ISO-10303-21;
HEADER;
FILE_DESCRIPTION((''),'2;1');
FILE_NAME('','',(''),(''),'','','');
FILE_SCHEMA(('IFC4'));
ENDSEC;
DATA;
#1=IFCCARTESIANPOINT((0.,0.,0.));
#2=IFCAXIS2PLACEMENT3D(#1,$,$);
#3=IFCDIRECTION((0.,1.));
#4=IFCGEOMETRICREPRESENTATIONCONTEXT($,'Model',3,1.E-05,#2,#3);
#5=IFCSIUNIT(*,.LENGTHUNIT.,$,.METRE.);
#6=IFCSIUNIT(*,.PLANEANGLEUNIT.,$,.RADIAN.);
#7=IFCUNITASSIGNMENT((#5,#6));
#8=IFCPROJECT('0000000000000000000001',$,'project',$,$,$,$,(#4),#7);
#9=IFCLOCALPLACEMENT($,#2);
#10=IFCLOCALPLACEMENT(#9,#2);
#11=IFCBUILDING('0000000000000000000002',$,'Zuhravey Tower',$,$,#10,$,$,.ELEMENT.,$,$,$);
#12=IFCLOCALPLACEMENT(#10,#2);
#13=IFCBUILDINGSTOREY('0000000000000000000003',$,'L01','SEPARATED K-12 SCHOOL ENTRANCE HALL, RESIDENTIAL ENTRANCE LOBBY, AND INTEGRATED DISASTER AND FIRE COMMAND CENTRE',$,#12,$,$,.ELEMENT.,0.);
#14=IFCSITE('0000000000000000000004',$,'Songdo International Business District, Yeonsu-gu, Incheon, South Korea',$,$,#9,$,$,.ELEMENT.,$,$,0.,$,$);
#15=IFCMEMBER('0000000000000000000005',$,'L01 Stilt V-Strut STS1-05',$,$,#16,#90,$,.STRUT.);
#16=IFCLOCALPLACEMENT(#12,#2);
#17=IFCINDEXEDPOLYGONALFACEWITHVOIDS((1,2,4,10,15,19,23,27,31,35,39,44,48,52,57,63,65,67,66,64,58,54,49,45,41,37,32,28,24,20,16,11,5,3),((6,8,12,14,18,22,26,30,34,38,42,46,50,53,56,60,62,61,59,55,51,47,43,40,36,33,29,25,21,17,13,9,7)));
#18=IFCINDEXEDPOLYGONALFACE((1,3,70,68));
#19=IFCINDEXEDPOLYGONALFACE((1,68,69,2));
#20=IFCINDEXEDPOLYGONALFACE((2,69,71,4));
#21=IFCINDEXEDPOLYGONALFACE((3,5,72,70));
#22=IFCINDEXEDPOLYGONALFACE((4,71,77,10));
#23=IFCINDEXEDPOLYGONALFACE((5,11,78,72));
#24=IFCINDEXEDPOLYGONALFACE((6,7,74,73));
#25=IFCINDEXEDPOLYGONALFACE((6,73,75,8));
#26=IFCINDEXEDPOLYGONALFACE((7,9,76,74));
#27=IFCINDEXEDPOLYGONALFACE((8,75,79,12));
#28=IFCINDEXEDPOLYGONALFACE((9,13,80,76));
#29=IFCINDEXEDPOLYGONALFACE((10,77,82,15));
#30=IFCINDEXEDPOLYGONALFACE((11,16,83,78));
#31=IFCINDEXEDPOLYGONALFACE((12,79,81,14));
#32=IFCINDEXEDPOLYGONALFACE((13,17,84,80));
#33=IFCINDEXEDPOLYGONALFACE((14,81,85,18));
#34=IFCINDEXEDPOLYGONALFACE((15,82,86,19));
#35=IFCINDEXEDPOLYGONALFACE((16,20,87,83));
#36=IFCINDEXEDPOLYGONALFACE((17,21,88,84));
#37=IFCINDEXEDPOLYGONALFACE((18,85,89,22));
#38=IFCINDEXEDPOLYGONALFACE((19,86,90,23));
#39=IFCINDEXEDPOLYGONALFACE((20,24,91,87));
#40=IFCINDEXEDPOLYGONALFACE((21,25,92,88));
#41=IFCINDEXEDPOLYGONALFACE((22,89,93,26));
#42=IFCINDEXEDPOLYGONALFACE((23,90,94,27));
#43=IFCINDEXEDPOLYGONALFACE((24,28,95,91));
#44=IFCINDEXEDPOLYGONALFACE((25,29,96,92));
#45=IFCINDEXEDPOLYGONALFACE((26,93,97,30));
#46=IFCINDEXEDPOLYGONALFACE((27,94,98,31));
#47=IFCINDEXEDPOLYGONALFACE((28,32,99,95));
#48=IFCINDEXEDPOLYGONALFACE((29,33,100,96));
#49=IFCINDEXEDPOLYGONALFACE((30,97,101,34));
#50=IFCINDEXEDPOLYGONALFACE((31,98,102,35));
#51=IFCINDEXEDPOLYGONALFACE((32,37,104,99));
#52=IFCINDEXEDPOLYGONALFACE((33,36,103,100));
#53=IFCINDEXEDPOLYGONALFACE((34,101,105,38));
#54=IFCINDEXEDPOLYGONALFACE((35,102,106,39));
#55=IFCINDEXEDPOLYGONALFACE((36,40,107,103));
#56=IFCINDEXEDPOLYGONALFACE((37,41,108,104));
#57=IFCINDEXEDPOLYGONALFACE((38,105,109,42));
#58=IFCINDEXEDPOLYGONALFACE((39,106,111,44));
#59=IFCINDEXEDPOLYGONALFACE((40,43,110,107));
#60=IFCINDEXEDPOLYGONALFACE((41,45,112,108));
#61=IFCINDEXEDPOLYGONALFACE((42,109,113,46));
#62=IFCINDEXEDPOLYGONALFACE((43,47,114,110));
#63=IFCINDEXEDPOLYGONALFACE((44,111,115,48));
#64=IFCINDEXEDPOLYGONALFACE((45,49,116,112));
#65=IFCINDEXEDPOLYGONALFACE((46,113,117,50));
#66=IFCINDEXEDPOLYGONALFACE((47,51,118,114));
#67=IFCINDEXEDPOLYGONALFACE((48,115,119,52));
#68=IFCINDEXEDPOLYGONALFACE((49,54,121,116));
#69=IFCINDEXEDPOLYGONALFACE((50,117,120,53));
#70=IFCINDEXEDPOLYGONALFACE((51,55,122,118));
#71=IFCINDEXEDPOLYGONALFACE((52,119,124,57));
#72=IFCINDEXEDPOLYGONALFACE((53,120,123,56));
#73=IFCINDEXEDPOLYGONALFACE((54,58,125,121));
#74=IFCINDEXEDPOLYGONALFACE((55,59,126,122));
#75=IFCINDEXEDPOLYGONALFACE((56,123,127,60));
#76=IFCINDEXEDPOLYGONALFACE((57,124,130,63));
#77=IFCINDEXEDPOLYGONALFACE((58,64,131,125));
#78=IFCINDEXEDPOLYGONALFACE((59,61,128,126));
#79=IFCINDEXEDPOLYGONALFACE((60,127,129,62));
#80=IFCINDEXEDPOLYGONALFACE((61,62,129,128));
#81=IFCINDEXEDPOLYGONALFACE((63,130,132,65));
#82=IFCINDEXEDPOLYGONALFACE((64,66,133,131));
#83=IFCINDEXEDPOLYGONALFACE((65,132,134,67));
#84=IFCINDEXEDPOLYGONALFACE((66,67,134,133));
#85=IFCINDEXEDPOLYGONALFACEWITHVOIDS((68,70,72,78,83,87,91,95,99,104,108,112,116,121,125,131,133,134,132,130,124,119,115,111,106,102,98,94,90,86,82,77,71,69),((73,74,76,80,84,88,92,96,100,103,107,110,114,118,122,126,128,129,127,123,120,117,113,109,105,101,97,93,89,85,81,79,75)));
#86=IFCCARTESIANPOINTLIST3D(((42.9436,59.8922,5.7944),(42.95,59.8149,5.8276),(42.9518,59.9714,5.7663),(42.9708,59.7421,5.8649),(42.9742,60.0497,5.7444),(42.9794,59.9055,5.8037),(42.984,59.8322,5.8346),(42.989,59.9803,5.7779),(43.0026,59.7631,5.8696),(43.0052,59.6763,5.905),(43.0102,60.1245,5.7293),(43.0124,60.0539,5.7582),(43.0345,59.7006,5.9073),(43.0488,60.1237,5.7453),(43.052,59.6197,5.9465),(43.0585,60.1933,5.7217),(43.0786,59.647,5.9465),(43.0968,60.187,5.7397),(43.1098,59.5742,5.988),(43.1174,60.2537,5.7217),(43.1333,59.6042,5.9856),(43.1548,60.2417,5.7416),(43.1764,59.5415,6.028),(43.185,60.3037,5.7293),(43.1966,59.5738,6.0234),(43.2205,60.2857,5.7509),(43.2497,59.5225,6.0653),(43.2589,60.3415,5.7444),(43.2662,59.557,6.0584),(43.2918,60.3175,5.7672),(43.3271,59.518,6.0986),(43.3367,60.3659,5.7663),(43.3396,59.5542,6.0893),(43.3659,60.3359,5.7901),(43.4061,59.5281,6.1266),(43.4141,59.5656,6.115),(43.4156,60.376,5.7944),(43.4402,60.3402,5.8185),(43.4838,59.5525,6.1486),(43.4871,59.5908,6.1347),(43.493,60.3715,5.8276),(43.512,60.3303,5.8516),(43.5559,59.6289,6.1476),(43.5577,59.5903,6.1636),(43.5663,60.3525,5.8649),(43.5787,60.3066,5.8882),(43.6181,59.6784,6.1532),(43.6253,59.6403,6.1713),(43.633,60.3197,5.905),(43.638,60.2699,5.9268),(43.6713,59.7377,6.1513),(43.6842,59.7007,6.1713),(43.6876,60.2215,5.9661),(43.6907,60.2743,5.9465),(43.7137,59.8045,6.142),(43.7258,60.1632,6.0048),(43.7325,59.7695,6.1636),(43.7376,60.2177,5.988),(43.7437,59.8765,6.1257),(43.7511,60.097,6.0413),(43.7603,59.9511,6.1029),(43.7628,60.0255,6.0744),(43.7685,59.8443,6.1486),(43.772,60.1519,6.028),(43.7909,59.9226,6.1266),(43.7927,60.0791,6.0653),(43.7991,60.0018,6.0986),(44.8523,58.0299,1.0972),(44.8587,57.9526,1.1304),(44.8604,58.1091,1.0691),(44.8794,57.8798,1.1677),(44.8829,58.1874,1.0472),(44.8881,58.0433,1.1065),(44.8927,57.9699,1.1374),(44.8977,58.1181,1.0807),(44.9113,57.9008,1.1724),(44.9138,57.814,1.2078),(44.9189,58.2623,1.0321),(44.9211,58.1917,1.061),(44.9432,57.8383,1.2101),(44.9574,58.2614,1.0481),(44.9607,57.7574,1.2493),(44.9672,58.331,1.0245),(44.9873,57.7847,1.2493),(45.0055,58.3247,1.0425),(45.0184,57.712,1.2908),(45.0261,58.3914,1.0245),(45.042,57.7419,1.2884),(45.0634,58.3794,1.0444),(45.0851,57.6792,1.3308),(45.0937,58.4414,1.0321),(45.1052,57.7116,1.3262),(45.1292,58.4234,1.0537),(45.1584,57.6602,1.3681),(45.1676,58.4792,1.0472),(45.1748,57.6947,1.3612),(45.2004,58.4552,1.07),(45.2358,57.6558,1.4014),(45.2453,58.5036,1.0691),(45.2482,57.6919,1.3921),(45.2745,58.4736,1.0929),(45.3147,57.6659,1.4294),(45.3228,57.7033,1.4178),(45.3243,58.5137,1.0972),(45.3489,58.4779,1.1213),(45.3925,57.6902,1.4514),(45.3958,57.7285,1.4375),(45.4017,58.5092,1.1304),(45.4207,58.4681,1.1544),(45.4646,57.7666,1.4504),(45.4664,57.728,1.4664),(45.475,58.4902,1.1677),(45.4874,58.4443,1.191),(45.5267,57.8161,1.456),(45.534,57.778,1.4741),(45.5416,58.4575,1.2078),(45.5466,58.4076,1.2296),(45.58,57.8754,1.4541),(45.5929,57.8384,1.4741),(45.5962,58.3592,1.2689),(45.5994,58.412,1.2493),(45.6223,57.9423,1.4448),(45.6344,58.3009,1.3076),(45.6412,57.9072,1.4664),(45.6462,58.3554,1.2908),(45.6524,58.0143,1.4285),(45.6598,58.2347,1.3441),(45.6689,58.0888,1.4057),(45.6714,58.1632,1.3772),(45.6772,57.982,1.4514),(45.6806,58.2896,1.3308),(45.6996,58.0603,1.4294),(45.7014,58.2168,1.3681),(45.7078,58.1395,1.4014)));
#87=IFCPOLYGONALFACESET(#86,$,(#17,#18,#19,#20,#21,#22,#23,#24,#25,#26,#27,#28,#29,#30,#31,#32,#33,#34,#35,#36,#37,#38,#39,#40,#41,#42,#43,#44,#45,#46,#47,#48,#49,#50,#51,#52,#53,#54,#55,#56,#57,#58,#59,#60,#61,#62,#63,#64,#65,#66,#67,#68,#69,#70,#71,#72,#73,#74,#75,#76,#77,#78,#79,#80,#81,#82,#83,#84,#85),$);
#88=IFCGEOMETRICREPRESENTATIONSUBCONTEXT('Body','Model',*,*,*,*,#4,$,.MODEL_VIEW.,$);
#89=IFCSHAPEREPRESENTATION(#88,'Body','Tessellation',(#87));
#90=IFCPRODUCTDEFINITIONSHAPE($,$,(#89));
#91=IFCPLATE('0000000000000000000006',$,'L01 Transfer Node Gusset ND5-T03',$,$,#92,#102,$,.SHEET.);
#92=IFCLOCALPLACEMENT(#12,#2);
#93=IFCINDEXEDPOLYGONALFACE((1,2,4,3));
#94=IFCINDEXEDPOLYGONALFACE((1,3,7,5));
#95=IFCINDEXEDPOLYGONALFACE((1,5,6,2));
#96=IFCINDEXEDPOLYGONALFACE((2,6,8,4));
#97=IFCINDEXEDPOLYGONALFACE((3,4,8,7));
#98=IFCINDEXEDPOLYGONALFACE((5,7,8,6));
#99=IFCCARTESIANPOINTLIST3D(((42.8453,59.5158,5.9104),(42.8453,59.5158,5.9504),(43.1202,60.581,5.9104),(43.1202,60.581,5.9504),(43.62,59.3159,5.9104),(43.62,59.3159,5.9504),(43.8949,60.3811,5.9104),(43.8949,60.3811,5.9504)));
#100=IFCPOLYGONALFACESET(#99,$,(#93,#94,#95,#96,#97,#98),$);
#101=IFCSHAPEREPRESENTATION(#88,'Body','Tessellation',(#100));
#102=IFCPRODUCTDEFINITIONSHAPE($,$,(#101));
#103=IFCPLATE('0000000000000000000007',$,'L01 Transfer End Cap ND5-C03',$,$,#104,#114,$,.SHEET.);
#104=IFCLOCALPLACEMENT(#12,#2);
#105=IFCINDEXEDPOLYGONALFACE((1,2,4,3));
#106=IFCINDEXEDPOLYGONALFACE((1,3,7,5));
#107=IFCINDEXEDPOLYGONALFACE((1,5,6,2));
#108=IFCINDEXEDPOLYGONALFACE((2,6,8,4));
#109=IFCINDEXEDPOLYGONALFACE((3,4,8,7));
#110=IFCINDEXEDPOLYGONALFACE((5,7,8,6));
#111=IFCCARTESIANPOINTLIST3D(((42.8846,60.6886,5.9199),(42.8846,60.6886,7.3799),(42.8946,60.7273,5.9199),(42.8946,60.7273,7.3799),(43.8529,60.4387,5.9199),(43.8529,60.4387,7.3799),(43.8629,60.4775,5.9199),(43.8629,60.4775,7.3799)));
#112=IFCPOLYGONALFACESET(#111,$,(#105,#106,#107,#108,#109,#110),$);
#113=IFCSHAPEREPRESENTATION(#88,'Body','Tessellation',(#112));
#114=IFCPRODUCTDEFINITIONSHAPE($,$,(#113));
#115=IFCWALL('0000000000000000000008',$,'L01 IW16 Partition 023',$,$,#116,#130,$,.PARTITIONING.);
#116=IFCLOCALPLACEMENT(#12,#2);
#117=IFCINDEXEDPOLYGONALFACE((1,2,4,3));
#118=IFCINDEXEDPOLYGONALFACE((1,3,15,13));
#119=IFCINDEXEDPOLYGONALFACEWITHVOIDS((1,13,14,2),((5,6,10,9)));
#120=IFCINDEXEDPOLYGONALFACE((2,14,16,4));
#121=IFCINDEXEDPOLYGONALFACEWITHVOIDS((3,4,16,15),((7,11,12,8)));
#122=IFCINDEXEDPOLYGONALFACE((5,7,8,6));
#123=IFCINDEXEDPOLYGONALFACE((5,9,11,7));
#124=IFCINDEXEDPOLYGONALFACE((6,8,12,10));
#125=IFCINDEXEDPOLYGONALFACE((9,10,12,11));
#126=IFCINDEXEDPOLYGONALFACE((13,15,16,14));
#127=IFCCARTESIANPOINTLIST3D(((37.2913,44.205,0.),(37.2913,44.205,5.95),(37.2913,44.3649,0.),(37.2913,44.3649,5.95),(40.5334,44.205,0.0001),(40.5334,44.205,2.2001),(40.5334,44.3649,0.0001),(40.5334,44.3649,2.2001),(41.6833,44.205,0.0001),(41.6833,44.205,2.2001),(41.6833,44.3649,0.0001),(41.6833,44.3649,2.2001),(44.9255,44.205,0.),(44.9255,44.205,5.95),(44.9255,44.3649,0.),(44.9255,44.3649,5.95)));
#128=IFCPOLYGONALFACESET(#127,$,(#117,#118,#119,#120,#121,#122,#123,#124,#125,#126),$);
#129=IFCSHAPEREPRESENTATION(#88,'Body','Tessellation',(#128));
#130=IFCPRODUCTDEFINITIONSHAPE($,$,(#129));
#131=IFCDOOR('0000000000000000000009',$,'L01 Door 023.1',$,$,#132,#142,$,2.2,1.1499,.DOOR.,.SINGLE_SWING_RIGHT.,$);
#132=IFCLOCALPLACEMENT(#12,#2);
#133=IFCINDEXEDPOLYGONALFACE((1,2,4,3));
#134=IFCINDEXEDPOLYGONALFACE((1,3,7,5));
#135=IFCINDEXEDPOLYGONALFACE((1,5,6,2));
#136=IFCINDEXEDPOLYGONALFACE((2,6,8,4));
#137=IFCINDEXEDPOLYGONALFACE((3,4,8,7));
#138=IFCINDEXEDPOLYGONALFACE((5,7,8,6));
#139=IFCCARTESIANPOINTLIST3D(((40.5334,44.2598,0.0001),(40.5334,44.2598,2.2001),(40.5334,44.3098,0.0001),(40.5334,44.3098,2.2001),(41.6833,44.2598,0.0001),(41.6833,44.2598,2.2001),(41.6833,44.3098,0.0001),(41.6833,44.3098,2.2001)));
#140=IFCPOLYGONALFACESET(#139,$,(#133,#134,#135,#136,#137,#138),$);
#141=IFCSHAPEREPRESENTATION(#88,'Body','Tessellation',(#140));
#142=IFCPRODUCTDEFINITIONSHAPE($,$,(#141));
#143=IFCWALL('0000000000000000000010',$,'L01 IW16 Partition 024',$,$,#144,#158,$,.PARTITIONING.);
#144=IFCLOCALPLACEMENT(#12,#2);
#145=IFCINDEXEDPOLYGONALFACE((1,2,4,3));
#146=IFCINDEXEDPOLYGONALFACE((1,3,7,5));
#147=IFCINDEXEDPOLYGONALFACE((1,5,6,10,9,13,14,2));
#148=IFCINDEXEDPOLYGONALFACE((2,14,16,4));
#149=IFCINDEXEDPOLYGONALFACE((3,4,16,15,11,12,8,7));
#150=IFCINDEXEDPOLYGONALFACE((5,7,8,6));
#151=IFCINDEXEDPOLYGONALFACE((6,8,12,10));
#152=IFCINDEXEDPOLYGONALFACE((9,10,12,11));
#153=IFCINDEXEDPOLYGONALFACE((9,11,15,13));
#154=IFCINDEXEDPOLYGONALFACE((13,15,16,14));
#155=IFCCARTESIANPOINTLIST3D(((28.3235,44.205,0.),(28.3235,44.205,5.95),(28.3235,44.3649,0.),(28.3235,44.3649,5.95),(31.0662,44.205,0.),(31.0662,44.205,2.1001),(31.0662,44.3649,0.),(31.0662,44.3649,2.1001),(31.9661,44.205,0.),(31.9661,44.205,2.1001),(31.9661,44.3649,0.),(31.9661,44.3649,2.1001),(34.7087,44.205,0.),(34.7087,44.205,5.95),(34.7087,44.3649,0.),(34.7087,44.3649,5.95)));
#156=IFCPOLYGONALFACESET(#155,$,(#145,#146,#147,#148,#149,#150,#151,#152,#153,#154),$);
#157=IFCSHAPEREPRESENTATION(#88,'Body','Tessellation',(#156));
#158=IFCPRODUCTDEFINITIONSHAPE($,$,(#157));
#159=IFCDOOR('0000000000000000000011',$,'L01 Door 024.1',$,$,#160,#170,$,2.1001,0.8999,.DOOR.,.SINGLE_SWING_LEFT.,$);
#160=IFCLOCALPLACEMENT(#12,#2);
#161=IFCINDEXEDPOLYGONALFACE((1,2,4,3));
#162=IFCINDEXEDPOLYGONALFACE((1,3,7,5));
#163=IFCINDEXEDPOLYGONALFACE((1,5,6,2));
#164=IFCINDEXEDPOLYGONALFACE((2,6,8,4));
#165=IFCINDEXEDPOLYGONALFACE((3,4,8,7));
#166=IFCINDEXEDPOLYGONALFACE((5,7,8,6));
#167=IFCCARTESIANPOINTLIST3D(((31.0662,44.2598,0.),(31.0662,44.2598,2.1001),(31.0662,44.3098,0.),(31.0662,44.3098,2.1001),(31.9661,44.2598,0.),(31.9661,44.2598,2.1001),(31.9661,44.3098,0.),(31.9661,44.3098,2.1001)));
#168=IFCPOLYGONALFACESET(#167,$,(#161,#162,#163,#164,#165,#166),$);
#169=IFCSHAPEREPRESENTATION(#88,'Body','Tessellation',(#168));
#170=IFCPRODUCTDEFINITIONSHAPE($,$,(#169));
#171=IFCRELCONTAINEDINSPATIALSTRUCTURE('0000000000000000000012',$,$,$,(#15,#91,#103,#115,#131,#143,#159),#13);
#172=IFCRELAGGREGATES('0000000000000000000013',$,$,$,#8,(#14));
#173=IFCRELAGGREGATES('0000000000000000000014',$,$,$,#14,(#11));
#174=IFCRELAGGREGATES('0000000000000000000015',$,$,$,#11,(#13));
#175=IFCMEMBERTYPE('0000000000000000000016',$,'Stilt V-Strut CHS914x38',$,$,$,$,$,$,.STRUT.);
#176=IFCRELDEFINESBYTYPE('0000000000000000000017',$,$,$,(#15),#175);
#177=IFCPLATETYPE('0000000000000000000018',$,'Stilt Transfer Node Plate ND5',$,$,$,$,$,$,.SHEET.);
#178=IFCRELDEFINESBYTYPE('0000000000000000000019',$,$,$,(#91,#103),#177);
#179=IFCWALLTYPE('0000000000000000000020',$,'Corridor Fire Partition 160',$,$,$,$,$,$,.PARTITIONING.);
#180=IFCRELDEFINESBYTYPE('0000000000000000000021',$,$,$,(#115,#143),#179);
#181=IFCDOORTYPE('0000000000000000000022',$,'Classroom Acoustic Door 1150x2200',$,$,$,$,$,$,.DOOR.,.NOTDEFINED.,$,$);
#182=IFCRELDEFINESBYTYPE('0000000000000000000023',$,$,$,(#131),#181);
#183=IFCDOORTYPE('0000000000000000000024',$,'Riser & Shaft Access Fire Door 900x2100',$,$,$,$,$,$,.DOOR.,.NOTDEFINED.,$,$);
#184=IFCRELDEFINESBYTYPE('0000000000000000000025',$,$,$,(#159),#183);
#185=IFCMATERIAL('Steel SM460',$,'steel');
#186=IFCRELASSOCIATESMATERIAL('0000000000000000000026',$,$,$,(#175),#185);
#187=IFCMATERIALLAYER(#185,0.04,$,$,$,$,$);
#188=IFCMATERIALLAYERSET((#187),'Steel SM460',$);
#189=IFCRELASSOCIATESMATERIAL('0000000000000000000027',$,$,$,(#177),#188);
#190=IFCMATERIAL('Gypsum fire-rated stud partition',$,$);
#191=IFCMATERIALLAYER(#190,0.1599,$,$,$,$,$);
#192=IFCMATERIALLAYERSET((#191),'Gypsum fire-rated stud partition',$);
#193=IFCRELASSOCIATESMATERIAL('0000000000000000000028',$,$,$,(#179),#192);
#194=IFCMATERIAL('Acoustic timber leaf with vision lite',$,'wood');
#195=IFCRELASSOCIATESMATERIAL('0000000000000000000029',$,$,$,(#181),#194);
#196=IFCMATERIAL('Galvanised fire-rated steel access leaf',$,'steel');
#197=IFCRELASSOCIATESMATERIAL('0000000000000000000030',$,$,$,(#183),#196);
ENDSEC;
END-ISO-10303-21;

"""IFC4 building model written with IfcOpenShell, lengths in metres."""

from ifc_helpers import new_model, si_unit, direction, frame, frame_2d, origin, origin_2d, place, context, subcontext, project, spatial, rectangle, hollow_circle, extrude, material, layer, layer_set, material_profile, profile_set, type_object, element, fill, save


model = new_model("IFC4")

# Units and contexts
model_context = context("Model", 3, precision=1e-05, world=origin(), true_north=direction((0.0, 1.0)))
body_context = subcontext(model_context, "Body", "Model", "MODEL_VIEW")
ifc_project = project(units=[si_unit("LENGTHUNIT", "METRE"), si_unit("PLANEANGLEUNIT", "RADIAN")], contexts=[model_context])

# Site, building, storey
site_placement = place(None, origin())
site = spatial("IfcSite", under=ifc_project, at=site_placement, Name="Songdo International Business District, Yeonsu-gu, Incheon, South Korea", CompositionType="ELEMENT", RefElevation=0.0)
building_placement = place(site_placement, origin())
building = spatial("IfcBuilding", under=site, at=building_placement, Name="Zuhravey Tower", CompositionType="ELEMENT")
storey_placement = place(building_placement, origin())
storey = spatial("IfcBuildingStorey", under=building, at=storey_placement, Name="L01", Description="SEPARATED K-12 SCHOOL ENTRANCE HALL, RESIDENTIAL ENTRANCE LOBBY, AND INTEGRATED DISASTER AND FIRE COMMAND CENTRE", CompositionType="ELEMENT", Elevation=0.0)

# Shared definitions
ifc_material_1 = material(Name="Steel SM460", Category="steel")

# Member
ifc_material_profile_1 = material_profile(ifc_material_1, hollow_circle(Radius=0.4573, WallThickness=0.0381, at=origin_2d()), Name="CHS-914.4x38")
ifc_profile_set_1 = profile_set([ifc_material_profile_1], Name="Steel SM460")
member_type = type_object("IfcMemberType", Name="Stilt V-Strut CHS914x38", PredefinedType="STRUT", material=ifc_profile_set_1)
member_placement = place(storey_placement, frame((45.28, 58.0847, 1.2493), z_axis=(-0.353367, 0.344779, 0.869632), x_axis=(-0.698356, -0.715751, 0.0)))
element("IfcMember", 1, at=member_placement, inside=storey, type_object=member_type, Name="L01 Stilt V-Strut STS1-05", PredefinedType="STRUT", context=body_context, shape_type="SweptSolid", body=[
    extrude(hollow_circle(Radius=0.4573, WallThickness=0.0381, at=origin_2d()), origin(), (0.0, 0.0, 1.0), 5.4014),
])

# Plates
ifc_layer_1 = layer(ifc_material_1, 0.04)
ifc_layer_set_1 = layer_set([ifc_layer_1], Name="Steel SM460")
plate_type = type_object("IfcPlateType", Name="Stilt Transfer Node Plate ND5", PredefinedType="SHEET", material=ifc_layer_set_1)
plate_1_placement = place(storey_placement, frame((43.3701, 59.9485, 5.9104), z_axis=(0.0, 0.0, 1.0), x_axis=(0.249873, 0.968279, 0.0)))
element("IfcPlate", 2, at=plate_1_placement, inside=storey, type_object=plate_type, Name="L01 Transfer Node Gusset ND5-T03", PredefinedType="SHEET", context=body_context, shape_type="SweptSolid", body=[
    extrude(rectangle(XDim=1.1001, YDim=0.8, at=origin_2d()), origin(), (0.0, 0.0, 1.0), 0.04),
])
plate_2_placement = place(storey_placement, frame((43.3738, 60.583, 5.9199), z_axis=(0.0, 0.0, 1.0), x_axis=(0.249873, 0.968279, 0.0)))
element("IfcPlate", 3, at=plate_2_placement, inside=storey, type_object=plate_type, Name="L01 Transfer End Cap ND5-C03", PredefinedType="SHEET", context=body_context, shape_type="SweptSolid", body=[
    extrude(rectangle(XDim=0.04, YDim=1.0, at=origin_2d()), origin(), (0.0, 0.0, 1.0), 1.46),
])

# Walls, openings, doors
ifc_material_2 = material(Name="Gypsum fire-rated stud partition")
ifc_layer_2 = layer(ifc_material_2, 0.1599)
ifc_layer_set_2 = layer_set([ifc_layer_2], Name="Gypsum fire-rated stud partition")
wall_type_1 = type_object("IfcWallType", Name="Corridor Fire Partition 160", PredefinedType="PARTITIONING", material=ifc_layer_set_2)
wall_1_placement = place(storey_placement, frame((44.9255, 44.2849, 0.0), z_axis=(0.0, 0.0, 1.0), x_axis=(-1.0, 0.0, 0.0)))
wall_1 = element("IfcWall", 4, at=wall_1_placement, inside=storey, type_object=wall_type_1, Name="L01 IW16 Partition 023", PredefinedType="PARTITIONING", context=body_context, shape_type="SweptSolid", body=[
    extrude(rectangle(XDim=7.6343, YDim=0.1599, at=frame_2d((3.8171, 0.0))), origin(), (0.0, 0.0, 1.0), 5.95),
])
opening_1_placement = place(wall_1_placement, frame((3.2422, 0.0, 0.0)))
opening_1 = element("IfcOpeningElement", 5, at=opening_1_placement, cuts=wall_1, PredefinedType="OPENING", context=body_context, shape_type="SweptSolid", body=[
    extrude(rectangle(XDim=1.1499, YDim=2.2, at=frame_2d((0.575, 1.1001))), frame((0.0, 0.092, 0.0), z_axis=(0.0, -1.0, 0.0), x_axis=(1.0, 0.0, 0.0)), (0.0, 0.0, 1.0), 0.1838),
])
ifc_material_3 = material(Name="Acoustic timber leaf with vision lite", Category="wood")
door_type_1 = type_object("IfcDoorType", Name="Classroom Acoustic Door 1150x2200", OperationType="NOTDEFINED", PredefinedType="DOOR", material=ifc_material_3)
door_1_placement = place(opening_1_placement, frame((1.1499, 0.0, 0.0), z_axis=(0.0, 0.0, 1.0), x_axis=(-1.0, 0.0, 0.0)))
door_1 = element("IfcDoor", 6, at=door_1_placement, inside=storey, type_object=door_type_1, Name="L01 Door 023.1", OperationType="SINGLE_SWING_RIGHT", OverallHeight=2.2, OverallWidth=1.1499, PredefinedType="DOOR", context=body_context, shape_type="SweptSolid", body=[
    extrude(rectangle(XDim=1.1499, YDim=2.2, at=frame_2d((0.575, 1.1001))), frame((0.0, 0.0249, 0.0), z_axis=(0.0, -1.0, 0.0), x_axis=(1.0, 0.0, 0.0)), (0.0, 0.0, 1.0), 0.05),
])
fill(opening_1, door_1)
wall_2_placement = place(storey_placement, frame((34.7087, 44.2849, 0.0), z_axis=(0.0, 0.0, 1.0), x_axis=(-1.0, 0.0, 0.0)))
wall_2 = element("IfcWall", 7, at=wall_2_placement, inside=storey, type_object=wall_type_1, Name="L01 IW16 Partition 024", PredefinedType="PARTITIONING", context=body_context, shape_type="SweptSolid", body=[
    extrude(rectangle(XDim=6.3853, YDim=0.1599, at=frame_2d((3.1926, 0.0))), origin(), (0.0, 0.0, 1.0), 5.95),
])
opening_2_placement = place(wall_2_placement, frame((2.7427, 0.0, 0.0)))
opening_2 = element("IfcOpeningElement", 8, at=opening_2_placement, cuts=wall_2, PredefinedType="OPENING", context=body_context, shape_type="SweptSolid", body=[
    extrude(rectangle(XDim=0.8999, YDim=2.1001, at=frame_2d((0.45, 1.05))), frame((0.0, 0.092, 0.0), z_axis=(0.0, -1.0, 0.0), x_axis=(1.0, 0.0, 0.0)), (0.0, 0.0, 1.0), 0.1838),
])
ifc_material_4 = material(Name="Galvanised fire-rated steel access leaf", Category="steel")
door_type_2 = type_object("IfcDoorType", Name="Riser & Shaft Access Fire Door 900x2100", OperationType="NOTDEFINED", PredefinedType="DOOR", material=ifc_material_4)
door_2_placement = place(opening_2_placement, frame((0.8999, 0.0, 0.0), z_axis=(0.0, 0.0, 1.0), x_axis=(-1.0, 0.0, 0.0)))
door_2 = element("IfcDoor", 9, at=door_2_placement, inside=storey, type_object=door_type_2, Name="L01 Door 024.1", OperationType="SINGLE_SWING_LEFT", OverallHeight=2.1001, OverallWidth=0.8999, PredefinedType="DOOR", context=body_context, shape_type="SweptSolid", body=[
    extrude(rectangle(XDim=0.8999, YDim=2.1001, at=frame_2d((0.45, 1.05))), frame((0.0, 0.0249, 0.0), z_axis=(0.0, -1.0, 0.0), x_axis=(1.0, 0.0, 0.0)), (0.0, 0.0, 1.0), 0.05),
])
fill(opening_2, door_2)

save(model, "model.ifc")
